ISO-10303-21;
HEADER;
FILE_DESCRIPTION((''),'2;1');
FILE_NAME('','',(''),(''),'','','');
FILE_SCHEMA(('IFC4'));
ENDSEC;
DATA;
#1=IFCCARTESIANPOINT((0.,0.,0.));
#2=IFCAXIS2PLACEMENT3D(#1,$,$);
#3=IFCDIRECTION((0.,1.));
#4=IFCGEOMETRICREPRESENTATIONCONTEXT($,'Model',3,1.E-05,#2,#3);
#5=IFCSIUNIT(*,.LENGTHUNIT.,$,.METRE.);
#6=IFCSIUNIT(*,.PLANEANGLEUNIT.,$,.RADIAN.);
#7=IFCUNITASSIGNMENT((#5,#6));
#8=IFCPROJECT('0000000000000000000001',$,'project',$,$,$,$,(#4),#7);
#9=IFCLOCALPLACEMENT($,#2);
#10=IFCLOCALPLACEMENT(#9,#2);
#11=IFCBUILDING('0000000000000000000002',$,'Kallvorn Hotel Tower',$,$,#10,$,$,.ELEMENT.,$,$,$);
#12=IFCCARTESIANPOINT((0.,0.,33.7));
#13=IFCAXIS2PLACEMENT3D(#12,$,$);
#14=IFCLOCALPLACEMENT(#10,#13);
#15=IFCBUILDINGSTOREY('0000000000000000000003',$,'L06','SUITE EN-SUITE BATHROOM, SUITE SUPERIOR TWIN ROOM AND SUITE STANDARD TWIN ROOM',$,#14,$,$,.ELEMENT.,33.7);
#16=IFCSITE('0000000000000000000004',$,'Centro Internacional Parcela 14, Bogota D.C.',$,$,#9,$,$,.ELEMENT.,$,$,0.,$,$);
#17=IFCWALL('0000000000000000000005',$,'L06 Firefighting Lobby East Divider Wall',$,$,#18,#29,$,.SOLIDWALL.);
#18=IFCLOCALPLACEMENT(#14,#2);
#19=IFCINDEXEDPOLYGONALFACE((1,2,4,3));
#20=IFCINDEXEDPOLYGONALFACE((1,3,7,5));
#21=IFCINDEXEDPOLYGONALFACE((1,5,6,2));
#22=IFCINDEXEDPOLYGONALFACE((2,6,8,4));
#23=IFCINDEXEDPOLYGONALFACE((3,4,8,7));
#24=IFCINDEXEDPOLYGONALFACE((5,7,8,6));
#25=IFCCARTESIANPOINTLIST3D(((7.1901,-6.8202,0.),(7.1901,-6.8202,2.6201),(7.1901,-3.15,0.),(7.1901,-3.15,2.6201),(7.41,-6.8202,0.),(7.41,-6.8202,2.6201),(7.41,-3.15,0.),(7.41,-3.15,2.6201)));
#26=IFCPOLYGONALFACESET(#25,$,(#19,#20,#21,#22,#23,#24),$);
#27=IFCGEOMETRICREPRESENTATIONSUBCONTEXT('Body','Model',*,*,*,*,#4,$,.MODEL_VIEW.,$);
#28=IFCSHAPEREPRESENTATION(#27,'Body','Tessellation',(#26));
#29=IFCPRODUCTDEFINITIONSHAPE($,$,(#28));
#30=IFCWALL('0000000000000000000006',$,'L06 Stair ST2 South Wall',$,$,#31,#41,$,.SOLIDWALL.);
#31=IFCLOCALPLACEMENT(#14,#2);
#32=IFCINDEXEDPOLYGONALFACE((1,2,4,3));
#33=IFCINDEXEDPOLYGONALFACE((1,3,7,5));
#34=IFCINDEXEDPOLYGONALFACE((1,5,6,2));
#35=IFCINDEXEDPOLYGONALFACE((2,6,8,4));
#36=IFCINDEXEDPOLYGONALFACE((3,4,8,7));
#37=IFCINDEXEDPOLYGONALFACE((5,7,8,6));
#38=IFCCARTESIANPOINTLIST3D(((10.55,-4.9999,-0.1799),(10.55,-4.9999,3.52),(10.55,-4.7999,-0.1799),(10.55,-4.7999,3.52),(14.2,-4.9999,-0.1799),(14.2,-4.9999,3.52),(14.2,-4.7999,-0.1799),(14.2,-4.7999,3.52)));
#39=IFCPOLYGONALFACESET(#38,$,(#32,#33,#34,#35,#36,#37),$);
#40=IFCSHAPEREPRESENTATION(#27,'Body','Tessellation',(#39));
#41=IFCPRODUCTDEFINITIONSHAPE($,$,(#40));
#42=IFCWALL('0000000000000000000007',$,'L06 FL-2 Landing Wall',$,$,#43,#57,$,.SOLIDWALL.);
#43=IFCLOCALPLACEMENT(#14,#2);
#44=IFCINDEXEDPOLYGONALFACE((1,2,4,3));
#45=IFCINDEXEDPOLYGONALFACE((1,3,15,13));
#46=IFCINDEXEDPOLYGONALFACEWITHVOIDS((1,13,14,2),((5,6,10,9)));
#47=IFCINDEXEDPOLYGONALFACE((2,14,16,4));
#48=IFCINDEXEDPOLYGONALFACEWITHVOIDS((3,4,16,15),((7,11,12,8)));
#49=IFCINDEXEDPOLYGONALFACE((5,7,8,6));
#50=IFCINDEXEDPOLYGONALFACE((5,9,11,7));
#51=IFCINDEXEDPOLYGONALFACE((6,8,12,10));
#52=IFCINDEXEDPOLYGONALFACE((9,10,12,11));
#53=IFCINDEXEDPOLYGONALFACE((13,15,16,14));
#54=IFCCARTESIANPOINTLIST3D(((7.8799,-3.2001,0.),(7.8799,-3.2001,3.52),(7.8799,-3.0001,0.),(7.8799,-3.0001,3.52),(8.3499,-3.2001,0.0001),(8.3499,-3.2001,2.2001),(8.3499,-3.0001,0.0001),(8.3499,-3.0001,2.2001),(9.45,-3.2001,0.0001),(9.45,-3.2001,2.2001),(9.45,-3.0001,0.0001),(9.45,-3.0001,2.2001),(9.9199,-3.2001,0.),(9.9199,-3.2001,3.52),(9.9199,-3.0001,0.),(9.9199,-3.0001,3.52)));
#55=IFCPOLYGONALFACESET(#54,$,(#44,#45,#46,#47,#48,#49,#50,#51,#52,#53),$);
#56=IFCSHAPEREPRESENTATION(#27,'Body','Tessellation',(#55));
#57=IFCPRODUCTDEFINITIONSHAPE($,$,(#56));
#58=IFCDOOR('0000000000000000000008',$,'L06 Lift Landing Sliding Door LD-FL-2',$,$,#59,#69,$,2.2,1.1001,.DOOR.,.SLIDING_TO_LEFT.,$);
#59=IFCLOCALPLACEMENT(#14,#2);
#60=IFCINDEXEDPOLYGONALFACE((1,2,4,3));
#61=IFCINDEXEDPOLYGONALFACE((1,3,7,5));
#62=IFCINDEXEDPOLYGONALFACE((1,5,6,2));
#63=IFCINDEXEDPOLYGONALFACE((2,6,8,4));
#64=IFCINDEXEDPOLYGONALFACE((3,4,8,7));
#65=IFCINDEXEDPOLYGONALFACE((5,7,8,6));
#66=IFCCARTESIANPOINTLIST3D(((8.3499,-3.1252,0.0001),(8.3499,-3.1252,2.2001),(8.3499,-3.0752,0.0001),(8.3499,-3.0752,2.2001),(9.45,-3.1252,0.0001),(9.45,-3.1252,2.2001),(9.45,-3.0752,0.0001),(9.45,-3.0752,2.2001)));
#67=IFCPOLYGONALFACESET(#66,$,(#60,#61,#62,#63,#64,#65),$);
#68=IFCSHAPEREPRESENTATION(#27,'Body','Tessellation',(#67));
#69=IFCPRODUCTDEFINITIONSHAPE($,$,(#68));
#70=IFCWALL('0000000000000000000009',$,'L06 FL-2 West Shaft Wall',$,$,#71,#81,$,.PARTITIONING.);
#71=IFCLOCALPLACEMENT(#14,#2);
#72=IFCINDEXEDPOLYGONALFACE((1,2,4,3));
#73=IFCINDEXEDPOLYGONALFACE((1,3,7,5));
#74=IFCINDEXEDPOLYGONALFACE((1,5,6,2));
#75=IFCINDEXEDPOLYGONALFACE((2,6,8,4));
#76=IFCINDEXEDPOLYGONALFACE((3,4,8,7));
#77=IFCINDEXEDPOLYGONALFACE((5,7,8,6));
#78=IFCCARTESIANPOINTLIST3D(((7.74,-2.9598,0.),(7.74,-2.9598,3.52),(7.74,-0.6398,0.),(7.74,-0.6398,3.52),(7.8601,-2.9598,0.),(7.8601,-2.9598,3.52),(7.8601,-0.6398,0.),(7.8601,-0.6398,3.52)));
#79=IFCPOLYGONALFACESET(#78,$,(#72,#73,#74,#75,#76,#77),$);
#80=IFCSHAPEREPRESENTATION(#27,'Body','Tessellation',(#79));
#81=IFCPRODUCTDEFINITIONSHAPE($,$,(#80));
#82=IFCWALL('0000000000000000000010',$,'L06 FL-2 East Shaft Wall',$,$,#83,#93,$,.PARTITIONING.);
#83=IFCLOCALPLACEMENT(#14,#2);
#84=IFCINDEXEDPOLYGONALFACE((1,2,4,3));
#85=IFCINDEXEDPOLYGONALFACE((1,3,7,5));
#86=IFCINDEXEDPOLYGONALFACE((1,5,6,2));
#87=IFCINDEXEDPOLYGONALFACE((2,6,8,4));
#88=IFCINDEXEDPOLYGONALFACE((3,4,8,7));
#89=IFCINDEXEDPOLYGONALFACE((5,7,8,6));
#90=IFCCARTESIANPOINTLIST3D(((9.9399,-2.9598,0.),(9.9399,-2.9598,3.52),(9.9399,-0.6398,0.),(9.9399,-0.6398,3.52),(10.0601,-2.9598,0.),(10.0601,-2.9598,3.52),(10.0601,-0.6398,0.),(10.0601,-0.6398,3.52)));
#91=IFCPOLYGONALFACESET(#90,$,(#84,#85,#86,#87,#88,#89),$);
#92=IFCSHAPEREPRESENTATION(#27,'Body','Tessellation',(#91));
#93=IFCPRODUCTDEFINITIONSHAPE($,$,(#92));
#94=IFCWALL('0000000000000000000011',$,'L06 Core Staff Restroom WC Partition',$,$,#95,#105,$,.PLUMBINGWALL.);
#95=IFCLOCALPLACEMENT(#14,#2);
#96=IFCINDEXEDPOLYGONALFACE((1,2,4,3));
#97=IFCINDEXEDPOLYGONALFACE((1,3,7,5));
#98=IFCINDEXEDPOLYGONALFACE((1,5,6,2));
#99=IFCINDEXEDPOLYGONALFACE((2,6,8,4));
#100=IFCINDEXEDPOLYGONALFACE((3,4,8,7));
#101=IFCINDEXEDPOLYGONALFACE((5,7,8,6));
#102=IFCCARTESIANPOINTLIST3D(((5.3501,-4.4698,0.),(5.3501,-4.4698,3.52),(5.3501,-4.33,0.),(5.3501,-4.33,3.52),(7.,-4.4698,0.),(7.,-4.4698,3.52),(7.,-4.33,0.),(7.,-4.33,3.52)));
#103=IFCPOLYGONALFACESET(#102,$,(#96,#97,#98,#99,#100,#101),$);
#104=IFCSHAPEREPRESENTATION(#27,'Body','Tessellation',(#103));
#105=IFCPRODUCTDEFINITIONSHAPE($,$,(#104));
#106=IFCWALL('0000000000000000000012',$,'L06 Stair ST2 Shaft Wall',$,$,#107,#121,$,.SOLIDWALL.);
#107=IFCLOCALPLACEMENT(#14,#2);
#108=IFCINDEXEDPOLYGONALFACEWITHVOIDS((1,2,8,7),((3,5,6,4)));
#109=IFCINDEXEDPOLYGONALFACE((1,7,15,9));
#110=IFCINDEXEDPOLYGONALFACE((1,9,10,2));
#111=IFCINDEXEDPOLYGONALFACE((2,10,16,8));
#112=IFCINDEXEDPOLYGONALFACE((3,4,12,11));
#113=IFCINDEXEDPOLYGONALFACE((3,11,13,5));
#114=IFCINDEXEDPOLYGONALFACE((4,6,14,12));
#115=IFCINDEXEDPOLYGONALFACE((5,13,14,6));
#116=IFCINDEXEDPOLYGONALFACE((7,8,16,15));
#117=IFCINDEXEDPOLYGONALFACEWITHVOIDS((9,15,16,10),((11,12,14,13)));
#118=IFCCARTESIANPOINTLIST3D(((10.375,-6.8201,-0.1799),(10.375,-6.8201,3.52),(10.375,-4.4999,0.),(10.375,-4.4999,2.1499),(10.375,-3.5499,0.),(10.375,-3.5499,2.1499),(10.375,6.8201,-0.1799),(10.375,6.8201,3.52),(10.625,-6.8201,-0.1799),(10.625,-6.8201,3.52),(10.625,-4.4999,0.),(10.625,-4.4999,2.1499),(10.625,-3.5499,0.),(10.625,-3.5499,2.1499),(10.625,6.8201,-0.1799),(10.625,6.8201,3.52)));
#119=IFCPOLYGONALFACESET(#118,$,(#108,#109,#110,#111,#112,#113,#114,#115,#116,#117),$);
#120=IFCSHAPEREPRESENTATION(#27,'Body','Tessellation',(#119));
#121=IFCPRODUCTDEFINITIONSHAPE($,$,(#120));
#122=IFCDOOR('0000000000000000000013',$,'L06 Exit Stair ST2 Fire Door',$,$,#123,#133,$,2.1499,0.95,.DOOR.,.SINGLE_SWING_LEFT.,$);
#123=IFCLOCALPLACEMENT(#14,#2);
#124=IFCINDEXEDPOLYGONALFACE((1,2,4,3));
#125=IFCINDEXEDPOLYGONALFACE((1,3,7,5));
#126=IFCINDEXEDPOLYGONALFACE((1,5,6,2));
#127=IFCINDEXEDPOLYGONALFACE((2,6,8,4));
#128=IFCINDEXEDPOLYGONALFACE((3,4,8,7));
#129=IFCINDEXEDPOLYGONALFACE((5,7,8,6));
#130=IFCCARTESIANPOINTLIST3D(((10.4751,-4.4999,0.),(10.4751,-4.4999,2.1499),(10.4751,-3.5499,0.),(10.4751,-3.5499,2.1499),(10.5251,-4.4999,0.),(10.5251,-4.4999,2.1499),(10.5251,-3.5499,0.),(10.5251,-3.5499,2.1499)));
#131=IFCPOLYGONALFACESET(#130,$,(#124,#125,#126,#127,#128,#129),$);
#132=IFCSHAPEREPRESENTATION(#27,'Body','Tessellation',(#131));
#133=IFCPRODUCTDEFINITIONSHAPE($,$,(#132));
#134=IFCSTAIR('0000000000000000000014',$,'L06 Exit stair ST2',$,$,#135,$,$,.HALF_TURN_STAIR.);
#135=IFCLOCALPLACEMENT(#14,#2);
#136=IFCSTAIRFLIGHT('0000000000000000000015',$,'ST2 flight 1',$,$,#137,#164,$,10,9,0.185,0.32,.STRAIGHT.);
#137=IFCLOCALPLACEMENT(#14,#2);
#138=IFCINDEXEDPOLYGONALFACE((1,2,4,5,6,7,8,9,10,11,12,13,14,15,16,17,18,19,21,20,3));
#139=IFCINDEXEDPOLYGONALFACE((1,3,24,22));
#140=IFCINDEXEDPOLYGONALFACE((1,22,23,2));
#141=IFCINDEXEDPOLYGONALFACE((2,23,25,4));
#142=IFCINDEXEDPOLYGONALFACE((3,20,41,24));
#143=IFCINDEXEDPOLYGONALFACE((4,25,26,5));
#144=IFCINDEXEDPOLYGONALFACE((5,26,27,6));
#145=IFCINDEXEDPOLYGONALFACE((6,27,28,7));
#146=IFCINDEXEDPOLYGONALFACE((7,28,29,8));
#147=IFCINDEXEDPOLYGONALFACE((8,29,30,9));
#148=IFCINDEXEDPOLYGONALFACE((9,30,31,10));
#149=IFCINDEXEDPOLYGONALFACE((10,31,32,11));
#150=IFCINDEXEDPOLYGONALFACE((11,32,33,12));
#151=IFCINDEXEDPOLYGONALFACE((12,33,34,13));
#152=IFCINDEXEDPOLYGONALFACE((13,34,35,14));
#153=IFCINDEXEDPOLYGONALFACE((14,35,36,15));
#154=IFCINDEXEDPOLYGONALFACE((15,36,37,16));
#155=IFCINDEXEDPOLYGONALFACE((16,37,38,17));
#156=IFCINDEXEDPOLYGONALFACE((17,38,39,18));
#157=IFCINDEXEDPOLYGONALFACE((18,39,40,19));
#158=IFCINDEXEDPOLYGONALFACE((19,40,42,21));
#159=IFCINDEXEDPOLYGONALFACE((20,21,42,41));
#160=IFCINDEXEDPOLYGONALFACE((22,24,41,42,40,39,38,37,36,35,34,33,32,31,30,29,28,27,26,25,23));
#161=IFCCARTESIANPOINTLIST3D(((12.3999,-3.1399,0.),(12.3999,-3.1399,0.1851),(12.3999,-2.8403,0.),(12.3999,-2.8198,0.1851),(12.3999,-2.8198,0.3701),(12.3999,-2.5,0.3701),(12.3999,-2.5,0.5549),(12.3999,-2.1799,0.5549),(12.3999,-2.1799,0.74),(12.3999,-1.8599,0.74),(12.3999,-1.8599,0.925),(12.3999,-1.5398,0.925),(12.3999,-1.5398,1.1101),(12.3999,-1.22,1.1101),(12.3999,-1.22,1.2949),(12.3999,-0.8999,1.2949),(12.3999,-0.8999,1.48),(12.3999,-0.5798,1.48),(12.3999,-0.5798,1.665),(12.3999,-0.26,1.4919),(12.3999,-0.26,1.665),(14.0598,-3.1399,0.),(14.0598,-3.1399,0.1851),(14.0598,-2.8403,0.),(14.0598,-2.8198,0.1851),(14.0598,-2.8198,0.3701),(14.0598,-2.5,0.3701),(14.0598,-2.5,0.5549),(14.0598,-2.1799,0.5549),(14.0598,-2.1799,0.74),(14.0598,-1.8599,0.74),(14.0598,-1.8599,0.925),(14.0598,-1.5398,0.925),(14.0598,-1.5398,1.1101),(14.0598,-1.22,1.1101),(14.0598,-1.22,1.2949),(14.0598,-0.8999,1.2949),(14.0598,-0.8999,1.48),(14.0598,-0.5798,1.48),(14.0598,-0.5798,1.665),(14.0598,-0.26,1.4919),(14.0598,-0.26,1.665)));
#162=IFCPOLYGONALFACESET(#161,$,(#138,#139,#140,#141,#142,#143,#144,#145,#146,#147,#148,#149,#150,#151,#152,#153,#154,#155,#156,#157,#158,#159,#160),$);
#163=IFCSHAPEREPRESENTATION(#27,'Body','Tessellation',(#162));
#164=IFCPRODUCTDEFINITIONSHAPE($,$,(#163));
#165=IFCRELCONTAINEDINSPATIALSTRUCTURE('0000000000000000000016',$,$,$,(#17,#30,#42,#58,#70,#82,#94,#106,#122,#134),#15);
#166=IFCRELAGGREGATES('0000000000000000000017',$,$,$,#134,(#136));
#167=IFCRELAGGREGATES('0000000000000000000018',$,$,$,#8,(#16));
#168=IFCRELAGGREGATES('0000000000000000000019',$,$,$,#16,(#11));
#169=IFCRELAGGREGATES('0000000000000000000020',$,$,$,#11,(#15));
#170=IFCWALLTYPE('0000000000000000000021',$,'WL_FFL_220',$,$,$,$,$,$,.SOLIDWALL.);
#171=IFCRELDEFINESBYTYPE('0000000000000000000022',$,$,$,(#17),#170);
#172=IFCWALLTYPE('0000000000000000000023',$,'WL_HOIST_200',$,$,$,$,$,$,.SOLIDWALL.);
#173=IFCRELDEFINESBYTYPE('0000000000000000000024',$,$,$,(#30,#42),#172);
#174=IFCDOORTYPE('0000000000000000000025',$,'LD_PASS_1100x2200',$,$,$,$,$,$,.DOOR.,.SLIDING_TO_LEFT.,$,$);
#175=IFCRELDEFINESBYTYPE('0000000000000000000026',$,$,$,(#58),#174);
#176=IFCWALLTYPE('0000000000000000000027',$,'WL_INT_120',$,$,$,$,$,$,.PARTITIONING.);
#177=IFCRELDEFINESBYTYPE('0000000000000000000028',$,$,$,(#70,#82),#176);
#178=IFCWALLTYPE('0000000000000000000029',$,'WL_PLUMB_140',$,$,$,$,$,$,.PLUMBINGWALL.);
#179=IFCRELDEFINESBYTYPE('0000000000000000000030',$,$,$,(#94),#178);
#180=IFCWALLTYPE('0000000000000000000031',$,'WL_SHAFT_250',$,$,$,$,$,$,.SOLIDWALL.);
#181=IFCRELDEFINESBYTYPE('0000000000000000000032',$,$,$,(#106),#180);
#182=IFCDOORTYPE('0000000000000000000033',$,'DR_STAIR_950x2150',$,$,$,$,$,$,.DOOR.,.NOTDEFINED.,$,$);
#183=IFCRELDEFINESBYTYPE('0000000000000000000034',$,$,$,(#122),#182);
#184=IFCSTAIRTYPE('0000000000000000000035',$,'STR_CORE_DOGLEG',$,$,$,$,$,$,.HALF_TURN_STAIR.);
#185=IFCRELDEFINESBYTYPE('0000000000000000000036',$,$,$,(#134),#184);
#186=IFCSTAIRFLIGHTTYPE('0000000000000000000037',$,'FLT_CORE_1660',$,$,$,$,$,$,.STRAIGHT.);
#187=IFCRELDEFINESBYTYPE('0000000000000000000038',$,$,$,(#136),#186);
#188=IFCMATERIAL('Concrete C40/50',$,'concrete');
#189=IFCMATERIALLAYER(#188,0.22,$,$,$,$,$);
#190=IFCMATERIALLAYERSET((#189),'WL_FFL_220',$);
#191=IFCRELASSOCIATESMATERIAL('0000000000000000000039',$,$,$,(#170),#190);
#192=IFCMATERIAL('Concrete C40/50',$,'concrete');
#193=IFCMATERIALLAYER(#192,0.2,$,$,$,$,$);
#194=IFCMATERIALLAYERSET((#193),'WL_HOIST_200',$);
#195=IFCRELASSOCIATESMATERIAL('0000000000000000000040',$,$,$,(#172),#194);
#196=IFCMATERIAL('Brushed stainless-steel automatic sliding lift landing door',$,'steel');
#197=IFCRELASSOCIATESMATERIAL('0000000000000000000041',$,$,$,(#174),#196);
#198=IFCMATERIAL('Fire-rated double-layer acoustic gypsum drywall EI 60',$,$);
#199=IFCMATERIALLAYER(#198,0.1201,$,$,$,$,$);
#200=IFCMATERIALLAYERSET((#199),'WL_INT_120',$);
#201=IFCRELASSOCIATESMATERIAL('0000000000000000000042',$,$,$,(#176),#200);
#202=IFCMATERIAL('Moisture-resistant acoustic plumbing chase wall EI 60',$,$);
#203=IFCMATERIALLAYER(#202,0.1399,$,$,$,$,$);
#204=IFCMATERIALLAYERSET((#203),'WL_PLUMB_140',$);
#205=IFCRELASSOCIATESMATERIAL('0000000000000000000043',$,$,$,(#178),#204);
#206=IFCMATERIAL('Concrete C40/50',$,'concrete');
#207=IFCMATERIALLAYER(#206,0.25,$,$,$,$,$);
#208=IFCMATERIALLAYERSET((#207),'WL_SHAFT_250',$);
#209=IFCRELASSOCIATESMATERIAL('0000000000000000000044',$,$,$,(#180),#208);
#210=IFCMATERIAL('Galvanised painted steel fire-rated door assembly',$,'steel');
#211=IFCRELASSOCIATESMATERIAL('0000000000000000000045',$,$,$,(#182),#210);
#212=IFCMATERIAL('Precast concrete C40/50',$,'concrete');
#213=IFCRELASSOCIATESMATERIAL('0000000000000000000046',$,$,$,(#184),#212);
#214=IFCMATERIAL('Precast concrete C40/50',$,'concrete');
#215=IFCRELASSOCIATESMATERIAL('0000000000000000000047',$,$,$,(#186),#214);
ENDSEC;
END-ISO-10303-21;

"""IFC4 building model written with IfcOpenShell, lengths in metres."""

from ifc_helpers import new_model, si_unit, direction, frame, frame_2d, origin, place, context, subcontext, project, spatial, polyline, rectangle, outline, extrude, material, layer, layer_set, type_object, element, fill, aggregate, save


model = new_model("IFC4")

# Units and contexts
model_context = context("Model", 3, precision=1e-05, world=origin(), true_north=direction((0.0, 1.0)))
body_context = subcontext(model_context, "Body", "Model", "MODEL_VIEW")
ifc_project = project(units=[si_unit("LENGTHUNIT", "METRE"), si_unit("PLANEANGLEUNIT", "RADIAN")], contexts=[model_context])

# Site, building, storey
site_placement = place(None, origin())
site = spatial("IfcSite", under=ifc_project, at=site_placement, Name="Centro Internacional Parcela 14, Bogota D.C.", CompositionType="ELEMENT", RefElevation=0.0)
building_placement = place(site_placement, origin())
building = spatial("IfcBuilding", under=site, at=building_placement, Name="Kallvorn Hotel Tower", CompositionType="ELEMENT")
storey_placement = place(building_placement, frame((0.0, 0.0, 33.7)))
storey = spatial("IfcBuildingStorey", under=building, at=storey_placement, Name="L06", Description="SUITE EN-SUITE BATHROOM, SUITE SUPERIOR TWIN ROOM AND SUITE STANDARD TWIN ROOM", CompositionType="ELEMENT", Elevation=33.7)

# Walls
ifc_material_1 = material(Name="Concrete C40/50", Category="concrete")
ifc_layer_1 = layer(ifc_material_1, 0.22)
ifc_layer_set_1 = layer_set([ifc_layer_1], Name="WL_FFL_220")
wall_type_1 = type_object("IfcWallType", Name="WL_FFL_220", PredefinedType="SOLIDWALL", material=ifc_layer_set_1)
wall_1_placement = place(storey_placement, frame((7.3, -6.8201, 0.0), z_axis=(0.0, 0.0, 1.0), x_axis=(0.0, 1.0, 0.0)))
element("IfcWall", 1, at=wall_1_placement, inside=storey, type_object=wall_type_1, Name="L06 Firefighting Lobby East Divider Wall", PredefinedType="SOLIDWALL", context=body_context, shape_type="SweptSolid", body=[
    extrude(rectangle(XDim=3.6702, YDim=0.22, at=frame_2d((1.835, 0.0))), origin(), (0.0, 0.0, 1.0), 2.6201),
])
ifc_material_2 = material(Name="Concrete C40/50", Category="concrete")
ifc_layer_2 = layer(ifc_material_2, 0.2)
ifc_layer_set_2 = layer_set([ifc_layer_2], Name="WL_HOIST_200")
wall_type_2 = type_object("IfcWallType", Name="WL_HOIST_200", PredefinedType="SOLIDWALL", material=ifc_layer_set_2)
wall_2_placement = place(storey_placement, frame((10.55, -4.8999, -0.1799), z_axis=(0.0, 0.0, 1.0), x_axis=(1.0, 0.0, 0.0)))
element("IfcWall", 2, at=wall_2_placement, inside=storey, type_object=wall_type_2, Name="L06 Stair ST2 South Wall", PredefinedType="SOLIDWALL", context=body_context, shape_type="SweptSolid", body=[
    extrude(rectangle(XDim=3.6499, YDim=0.2, at=frame_2d((1.825, 0.0))), origin(), (0.0, 0.0, 1.0), 3.7),
])

# Wall, opening, door
wall_3_placement = place(storey_placement, frame((7.8799, -3.1001, 0.0), z_axis=(0.0, 0.0, 1.0), x_axis=(1.0, 0.0, 0.0)))
wall_3 = element("IfcWall", 3, at=wall_3_placement, inside=storey, type_object=wall_type_2, Name="L06 FL-2 Landing Wall", PredefinedType="SOLIDWALL", context=body_context, shape_type="SweptSolid", body=[
    extrude(rectangle(XDim=2.04, YDim=0.2, at=frame_2d((1.02, 0.0))), origin(), (0.0, 0.0, 1.0), 3.52),
])
opening_1_placement = place(wall_3_placement, frame((0.47, 0.0, 0.0)))
opening_1 = element("IfcOpeningElement", 4, at=opening_1_placement, cuts=wall_3, PredefinedType="OPENING", context=body_context, shape_type="SweptSolid", body=[
    extrude(rectangle(XDim=1.1001, YDim=2.2, at=frame_2d((0.55, 1.1001))), frame((0.0, 0.115, 0.0), z_axis=(0.0, -1.0, 0.0), x_axis=(1.0, 0.0, 0.0)), (0.0, 0.0, 1.0), 0.23),
])
ifc_material_3 = material(Name="Brushed stainless-steel automatic sliding lift landing door", Category="steel")
door_type_1 = type_object("IfcDoorType", Name="LD_PASS_1100x2200", OperationType="SLIDING_TO_LEFT", PredefinedType="DOOR", material=ifc_material_3)
door_1_placement = place(opening_1_placement, origin())
door_1 = element("IfcDoor", 5, at=door_1_placement, inside=storey, type_object=door_type_1, Name="L06 Lift Landing Sliding Door LD-FL-2", OperationType="SLIDING_TO_LEFT", OverallHeight=2.2, OverallWidth=1.1001, PredefinedType="DOOR", context=body_context, shape_type="SweptSolid", body=[
    extrude(rectangle(XDim=1.1001, YDim=2.2, at=frame_2d((0.55, 1.1001))), frame((0.0, 0.0249, 0.0), z_axis=(0.0, -1.0, 0.0), x_axis=(1.0, 0.0, 0.0)), (0.0, 0.0, 1.0), 0.05),
])
fill(opening_1, door_1)

# Walls
ifc_material_4 = material(Name="Fire-rated double-layer acoustic gypsum drywall EI 60")
ifc_layer_3 = layer(ifc_material_4, 0.1201)
ifc_layer_set_3 = layer_set([ifc_layer_3], Name="WL_INT_120")
wall_type_3 = type_object("IfcWallType", Name="WL_INT_120", PredefinedType="PARTITIONING", material=ifc_layer_set_3)
for number, where, z_axis, x_axis, name in (
    (6, (7.8, -2.96, 0.0), (0.0, 0.0, 1.0), (0.0, 1.0, 0.0), "L06 FL-2 West Shaft Wall"),
    (7, (10.0, -2.96, 0.0), (0.0, 0.0, 1.0), (0.0, 1.0, 0.0), "L06 FL-2 East Shaft Wall"),
):
    element("IfcWall", number, at=place(storey_placement, frame(where, z_axis=z_axis, x_axis=x_axis)), inside=storey, type_object=wall_type_3, Name=name, PredefinedType="PARTITIONING", context=body_context, shape_type="SweptSolid", body=[
        extrude(rectangle(XDim=2.3201, YDim=0.1201, at=frame_2d((1.1602, 0.0))), origin(), (0.0, 0.0, 1.0), 3.52),
    ])
ifc_material_5 = material(Name="Moisture-resistant acoustic plumbing chase wall EI 60")
ifc_layer_4 = layer(ifc_material_5, 0.1399)
ifc_layer_set_4 = layer_set([ifc_layer_4], Name="WL_PLUMB_140")
wall_type_4 = type_object("IfcWallType", Name="WL_PLUMB_140", PredefinedType="PLUMBINGWALL", material=ifc_layer_set_4)
wall_4_placement = place(storey_placement, frame((5.3501, -4.3999, 0.0), z_axis=(0.0, 0.0, 1.0), x_axis=(1.0, 0.0, 0.0)))
element("IfcWall", 8, at=wall_4_placement, inside=storey, type_object=wall_type_4, Name="L06 Core Staff Restroom WC Partition", PredefinedType="PLUMBINGWALL", context=body_context, shape_type="SweptSolid", body=[
    extrude(rectangle(XDim=1.6499, YDim=0.1399, at=frame_2d((0.825, 0.0))), origin(), (0.0, 0.0, 1.0), 3.52),
])

# Wall, opening, door
ifc_material_6 = material(Name="Concrete C40/50", Category="concrete")
ifc_layer_5 = layer(ifc_material_6, 0.25)
ifc_layer_set_5 = layer_set([ifc_layer_5], Name="WL_SHAFT_250")
wall_type_5 = type_object("IfcWallType", Name="WL_SHAFT_250", PredefinedType="SOLIDWALL", material=ifc_layer_set_5)
wall_5_placement = place(storey_placement, frame((10.5, -6.8201, -0.1799), z_axis=(0.0, 0.0, 1.0), x_axis=(0.0, 1.0, 0.0)))
wall_5 = element("IfcWall", 9, at=wall_5_placement, inside=storey, type_object=wall_type_5, Name="L06 Stair ST2 Shaft Wall", PredefinedType="SOLIDWALL", context=body_context, shape_type="SweptSolid", body=[
    extrude(rectangle(XDim=13.6401, YDim=0.25, at=frame_2d((6.8201, 0.0))), origin(), (0.0, 0.0, 1.0), 3.7),
])
opening_2_placement = place(wall_5_placement, frame((2.3201, 0.0, 0.1799)))
opening_2 = element("IfcOpeningElement", 10, at=opening_2_placement, cuts=wall_5, PredefinedType="OPENING", context=body_context, shape_type="SweptSolid", body=[
    extrude(rectangle(XDim=0.95, YDim=2.1499, at=frame_2d((0.4751, 1.075))), frame((0.0, 0.1399, 0.0), z_axis=(0.0, -1.0, 0.0), x_axis=(1.0, 0.0, 0.0)), (0.0, 0.0, 1.0), 0.28),
])
ifc_material_7 = material(Name="Galvanised painted steel fire-rated door assembly", Category="steel")
door_type_2 = type_object("IfcDoorType", Name="DR_STAIR_950x2150", OperationType="NOTDEFINED", PredefinedType="DOOR", material=ifc_material_7)
door_2_placement = place(opening_2_placement, origin())
door_2 = element("IfcDoor", 11, at=door_2_placement, inside=storey, type_object=door_type_2, Name="L06 Exit Stair ST2 Fire Door", OperationType="SINGLE_SWING_LEFT", OverallHeight=2.1499, OverallWidth=0.95, PredefinedType="DOOR", context=body_context, shape_type="SweptSolid", body=[
    extrude(rectangle(XDim=0.95, YDim=2.1499, at=frame_2d((0.4751, 1.075))), frame((0.0, 0.0249, 0.0), z_axis=(0.0, -1.0, 0.0), x_axis=(1.0, 0.0, 0.0)), (0.0, 0.0, 1.0), 0.05),
])
fill(opening_2, door_2)

# Stair, stair flight
ifc_material_8 = material(Name="Precast concrete C40/50", Category="concrete")
stair_type = type_object("IfcStairType", Name="STR_CORE_DOGLEG", PredefinedType="HALF_TURN_STAIR", material=ifc_material_8)
stair_placement = place(storey_placement, origin())
stair = element("IfcStair", 12, at=stair_placement, inside=storey, type_object=stair_type, Name="L06 Exit stair ST2", PredefinedType="HALF_TURN_STAIR")
ifc_material_9 = material(Name="Precast concrete C40/50", Category="concrete")
stair_flight_type = type_object("IfcStairFlightType", Name="FLT_CORE_1660", PredefinedType="STRAIGHT", material=ifc_material_9)
stair_flight_placement = place(storey_placement, frame((13.23, -3.1399, 0.0), z_axis=(0.0, 0.0, 1.0), x_axis=(0.0, 1.0, 0.0)))
stair_flight = element("IfcStairFlight", 13, at=stair_flight_placement, type_object=stair_flight_type, Name="ST2 flight 1", NumberOfRisers=10, NumberOfTreads=9, PredefinedType="STRAIGHT", RiserHeight=0.185, TreadLength=0.32, context=body_context, shape_type="SweptSolid", body=[
    extrude(outline(polyline([(0.0, 0.0), (0.0, 0.1851), (0.3201, 0.1851), (0.3201, 0.3701), (0.6399, 0.3701), (0.6399, 0.5549), (0.96, 0.5549), (0.96, 0.74), (1.28, 0.74), (1.28, 0.925), (1.6001, 0.925), (1.6001, 1.1101), (1.9199, 1.1101), (1.9199, 1.2949), (2.24, 1.2949), (2.24, 1.48), (2.5601, 1.48), (2.5601, 1.665), (2.8799, 1.665), (2.8799, 1.8501), (2.8799, 1.4919), (0.2996, 0.0), (0.0, 0.0)])), frame((0.0, 0.8301, 0.0), z_axis=(0.0, -1.0, 0.0), x_axis=(1.0, 0.0, 0.0)), (0.0, 0.0, 1.0), 1.6599),
])
aggregate(stair, [stair_flight])

save(model, "model.ifc")
